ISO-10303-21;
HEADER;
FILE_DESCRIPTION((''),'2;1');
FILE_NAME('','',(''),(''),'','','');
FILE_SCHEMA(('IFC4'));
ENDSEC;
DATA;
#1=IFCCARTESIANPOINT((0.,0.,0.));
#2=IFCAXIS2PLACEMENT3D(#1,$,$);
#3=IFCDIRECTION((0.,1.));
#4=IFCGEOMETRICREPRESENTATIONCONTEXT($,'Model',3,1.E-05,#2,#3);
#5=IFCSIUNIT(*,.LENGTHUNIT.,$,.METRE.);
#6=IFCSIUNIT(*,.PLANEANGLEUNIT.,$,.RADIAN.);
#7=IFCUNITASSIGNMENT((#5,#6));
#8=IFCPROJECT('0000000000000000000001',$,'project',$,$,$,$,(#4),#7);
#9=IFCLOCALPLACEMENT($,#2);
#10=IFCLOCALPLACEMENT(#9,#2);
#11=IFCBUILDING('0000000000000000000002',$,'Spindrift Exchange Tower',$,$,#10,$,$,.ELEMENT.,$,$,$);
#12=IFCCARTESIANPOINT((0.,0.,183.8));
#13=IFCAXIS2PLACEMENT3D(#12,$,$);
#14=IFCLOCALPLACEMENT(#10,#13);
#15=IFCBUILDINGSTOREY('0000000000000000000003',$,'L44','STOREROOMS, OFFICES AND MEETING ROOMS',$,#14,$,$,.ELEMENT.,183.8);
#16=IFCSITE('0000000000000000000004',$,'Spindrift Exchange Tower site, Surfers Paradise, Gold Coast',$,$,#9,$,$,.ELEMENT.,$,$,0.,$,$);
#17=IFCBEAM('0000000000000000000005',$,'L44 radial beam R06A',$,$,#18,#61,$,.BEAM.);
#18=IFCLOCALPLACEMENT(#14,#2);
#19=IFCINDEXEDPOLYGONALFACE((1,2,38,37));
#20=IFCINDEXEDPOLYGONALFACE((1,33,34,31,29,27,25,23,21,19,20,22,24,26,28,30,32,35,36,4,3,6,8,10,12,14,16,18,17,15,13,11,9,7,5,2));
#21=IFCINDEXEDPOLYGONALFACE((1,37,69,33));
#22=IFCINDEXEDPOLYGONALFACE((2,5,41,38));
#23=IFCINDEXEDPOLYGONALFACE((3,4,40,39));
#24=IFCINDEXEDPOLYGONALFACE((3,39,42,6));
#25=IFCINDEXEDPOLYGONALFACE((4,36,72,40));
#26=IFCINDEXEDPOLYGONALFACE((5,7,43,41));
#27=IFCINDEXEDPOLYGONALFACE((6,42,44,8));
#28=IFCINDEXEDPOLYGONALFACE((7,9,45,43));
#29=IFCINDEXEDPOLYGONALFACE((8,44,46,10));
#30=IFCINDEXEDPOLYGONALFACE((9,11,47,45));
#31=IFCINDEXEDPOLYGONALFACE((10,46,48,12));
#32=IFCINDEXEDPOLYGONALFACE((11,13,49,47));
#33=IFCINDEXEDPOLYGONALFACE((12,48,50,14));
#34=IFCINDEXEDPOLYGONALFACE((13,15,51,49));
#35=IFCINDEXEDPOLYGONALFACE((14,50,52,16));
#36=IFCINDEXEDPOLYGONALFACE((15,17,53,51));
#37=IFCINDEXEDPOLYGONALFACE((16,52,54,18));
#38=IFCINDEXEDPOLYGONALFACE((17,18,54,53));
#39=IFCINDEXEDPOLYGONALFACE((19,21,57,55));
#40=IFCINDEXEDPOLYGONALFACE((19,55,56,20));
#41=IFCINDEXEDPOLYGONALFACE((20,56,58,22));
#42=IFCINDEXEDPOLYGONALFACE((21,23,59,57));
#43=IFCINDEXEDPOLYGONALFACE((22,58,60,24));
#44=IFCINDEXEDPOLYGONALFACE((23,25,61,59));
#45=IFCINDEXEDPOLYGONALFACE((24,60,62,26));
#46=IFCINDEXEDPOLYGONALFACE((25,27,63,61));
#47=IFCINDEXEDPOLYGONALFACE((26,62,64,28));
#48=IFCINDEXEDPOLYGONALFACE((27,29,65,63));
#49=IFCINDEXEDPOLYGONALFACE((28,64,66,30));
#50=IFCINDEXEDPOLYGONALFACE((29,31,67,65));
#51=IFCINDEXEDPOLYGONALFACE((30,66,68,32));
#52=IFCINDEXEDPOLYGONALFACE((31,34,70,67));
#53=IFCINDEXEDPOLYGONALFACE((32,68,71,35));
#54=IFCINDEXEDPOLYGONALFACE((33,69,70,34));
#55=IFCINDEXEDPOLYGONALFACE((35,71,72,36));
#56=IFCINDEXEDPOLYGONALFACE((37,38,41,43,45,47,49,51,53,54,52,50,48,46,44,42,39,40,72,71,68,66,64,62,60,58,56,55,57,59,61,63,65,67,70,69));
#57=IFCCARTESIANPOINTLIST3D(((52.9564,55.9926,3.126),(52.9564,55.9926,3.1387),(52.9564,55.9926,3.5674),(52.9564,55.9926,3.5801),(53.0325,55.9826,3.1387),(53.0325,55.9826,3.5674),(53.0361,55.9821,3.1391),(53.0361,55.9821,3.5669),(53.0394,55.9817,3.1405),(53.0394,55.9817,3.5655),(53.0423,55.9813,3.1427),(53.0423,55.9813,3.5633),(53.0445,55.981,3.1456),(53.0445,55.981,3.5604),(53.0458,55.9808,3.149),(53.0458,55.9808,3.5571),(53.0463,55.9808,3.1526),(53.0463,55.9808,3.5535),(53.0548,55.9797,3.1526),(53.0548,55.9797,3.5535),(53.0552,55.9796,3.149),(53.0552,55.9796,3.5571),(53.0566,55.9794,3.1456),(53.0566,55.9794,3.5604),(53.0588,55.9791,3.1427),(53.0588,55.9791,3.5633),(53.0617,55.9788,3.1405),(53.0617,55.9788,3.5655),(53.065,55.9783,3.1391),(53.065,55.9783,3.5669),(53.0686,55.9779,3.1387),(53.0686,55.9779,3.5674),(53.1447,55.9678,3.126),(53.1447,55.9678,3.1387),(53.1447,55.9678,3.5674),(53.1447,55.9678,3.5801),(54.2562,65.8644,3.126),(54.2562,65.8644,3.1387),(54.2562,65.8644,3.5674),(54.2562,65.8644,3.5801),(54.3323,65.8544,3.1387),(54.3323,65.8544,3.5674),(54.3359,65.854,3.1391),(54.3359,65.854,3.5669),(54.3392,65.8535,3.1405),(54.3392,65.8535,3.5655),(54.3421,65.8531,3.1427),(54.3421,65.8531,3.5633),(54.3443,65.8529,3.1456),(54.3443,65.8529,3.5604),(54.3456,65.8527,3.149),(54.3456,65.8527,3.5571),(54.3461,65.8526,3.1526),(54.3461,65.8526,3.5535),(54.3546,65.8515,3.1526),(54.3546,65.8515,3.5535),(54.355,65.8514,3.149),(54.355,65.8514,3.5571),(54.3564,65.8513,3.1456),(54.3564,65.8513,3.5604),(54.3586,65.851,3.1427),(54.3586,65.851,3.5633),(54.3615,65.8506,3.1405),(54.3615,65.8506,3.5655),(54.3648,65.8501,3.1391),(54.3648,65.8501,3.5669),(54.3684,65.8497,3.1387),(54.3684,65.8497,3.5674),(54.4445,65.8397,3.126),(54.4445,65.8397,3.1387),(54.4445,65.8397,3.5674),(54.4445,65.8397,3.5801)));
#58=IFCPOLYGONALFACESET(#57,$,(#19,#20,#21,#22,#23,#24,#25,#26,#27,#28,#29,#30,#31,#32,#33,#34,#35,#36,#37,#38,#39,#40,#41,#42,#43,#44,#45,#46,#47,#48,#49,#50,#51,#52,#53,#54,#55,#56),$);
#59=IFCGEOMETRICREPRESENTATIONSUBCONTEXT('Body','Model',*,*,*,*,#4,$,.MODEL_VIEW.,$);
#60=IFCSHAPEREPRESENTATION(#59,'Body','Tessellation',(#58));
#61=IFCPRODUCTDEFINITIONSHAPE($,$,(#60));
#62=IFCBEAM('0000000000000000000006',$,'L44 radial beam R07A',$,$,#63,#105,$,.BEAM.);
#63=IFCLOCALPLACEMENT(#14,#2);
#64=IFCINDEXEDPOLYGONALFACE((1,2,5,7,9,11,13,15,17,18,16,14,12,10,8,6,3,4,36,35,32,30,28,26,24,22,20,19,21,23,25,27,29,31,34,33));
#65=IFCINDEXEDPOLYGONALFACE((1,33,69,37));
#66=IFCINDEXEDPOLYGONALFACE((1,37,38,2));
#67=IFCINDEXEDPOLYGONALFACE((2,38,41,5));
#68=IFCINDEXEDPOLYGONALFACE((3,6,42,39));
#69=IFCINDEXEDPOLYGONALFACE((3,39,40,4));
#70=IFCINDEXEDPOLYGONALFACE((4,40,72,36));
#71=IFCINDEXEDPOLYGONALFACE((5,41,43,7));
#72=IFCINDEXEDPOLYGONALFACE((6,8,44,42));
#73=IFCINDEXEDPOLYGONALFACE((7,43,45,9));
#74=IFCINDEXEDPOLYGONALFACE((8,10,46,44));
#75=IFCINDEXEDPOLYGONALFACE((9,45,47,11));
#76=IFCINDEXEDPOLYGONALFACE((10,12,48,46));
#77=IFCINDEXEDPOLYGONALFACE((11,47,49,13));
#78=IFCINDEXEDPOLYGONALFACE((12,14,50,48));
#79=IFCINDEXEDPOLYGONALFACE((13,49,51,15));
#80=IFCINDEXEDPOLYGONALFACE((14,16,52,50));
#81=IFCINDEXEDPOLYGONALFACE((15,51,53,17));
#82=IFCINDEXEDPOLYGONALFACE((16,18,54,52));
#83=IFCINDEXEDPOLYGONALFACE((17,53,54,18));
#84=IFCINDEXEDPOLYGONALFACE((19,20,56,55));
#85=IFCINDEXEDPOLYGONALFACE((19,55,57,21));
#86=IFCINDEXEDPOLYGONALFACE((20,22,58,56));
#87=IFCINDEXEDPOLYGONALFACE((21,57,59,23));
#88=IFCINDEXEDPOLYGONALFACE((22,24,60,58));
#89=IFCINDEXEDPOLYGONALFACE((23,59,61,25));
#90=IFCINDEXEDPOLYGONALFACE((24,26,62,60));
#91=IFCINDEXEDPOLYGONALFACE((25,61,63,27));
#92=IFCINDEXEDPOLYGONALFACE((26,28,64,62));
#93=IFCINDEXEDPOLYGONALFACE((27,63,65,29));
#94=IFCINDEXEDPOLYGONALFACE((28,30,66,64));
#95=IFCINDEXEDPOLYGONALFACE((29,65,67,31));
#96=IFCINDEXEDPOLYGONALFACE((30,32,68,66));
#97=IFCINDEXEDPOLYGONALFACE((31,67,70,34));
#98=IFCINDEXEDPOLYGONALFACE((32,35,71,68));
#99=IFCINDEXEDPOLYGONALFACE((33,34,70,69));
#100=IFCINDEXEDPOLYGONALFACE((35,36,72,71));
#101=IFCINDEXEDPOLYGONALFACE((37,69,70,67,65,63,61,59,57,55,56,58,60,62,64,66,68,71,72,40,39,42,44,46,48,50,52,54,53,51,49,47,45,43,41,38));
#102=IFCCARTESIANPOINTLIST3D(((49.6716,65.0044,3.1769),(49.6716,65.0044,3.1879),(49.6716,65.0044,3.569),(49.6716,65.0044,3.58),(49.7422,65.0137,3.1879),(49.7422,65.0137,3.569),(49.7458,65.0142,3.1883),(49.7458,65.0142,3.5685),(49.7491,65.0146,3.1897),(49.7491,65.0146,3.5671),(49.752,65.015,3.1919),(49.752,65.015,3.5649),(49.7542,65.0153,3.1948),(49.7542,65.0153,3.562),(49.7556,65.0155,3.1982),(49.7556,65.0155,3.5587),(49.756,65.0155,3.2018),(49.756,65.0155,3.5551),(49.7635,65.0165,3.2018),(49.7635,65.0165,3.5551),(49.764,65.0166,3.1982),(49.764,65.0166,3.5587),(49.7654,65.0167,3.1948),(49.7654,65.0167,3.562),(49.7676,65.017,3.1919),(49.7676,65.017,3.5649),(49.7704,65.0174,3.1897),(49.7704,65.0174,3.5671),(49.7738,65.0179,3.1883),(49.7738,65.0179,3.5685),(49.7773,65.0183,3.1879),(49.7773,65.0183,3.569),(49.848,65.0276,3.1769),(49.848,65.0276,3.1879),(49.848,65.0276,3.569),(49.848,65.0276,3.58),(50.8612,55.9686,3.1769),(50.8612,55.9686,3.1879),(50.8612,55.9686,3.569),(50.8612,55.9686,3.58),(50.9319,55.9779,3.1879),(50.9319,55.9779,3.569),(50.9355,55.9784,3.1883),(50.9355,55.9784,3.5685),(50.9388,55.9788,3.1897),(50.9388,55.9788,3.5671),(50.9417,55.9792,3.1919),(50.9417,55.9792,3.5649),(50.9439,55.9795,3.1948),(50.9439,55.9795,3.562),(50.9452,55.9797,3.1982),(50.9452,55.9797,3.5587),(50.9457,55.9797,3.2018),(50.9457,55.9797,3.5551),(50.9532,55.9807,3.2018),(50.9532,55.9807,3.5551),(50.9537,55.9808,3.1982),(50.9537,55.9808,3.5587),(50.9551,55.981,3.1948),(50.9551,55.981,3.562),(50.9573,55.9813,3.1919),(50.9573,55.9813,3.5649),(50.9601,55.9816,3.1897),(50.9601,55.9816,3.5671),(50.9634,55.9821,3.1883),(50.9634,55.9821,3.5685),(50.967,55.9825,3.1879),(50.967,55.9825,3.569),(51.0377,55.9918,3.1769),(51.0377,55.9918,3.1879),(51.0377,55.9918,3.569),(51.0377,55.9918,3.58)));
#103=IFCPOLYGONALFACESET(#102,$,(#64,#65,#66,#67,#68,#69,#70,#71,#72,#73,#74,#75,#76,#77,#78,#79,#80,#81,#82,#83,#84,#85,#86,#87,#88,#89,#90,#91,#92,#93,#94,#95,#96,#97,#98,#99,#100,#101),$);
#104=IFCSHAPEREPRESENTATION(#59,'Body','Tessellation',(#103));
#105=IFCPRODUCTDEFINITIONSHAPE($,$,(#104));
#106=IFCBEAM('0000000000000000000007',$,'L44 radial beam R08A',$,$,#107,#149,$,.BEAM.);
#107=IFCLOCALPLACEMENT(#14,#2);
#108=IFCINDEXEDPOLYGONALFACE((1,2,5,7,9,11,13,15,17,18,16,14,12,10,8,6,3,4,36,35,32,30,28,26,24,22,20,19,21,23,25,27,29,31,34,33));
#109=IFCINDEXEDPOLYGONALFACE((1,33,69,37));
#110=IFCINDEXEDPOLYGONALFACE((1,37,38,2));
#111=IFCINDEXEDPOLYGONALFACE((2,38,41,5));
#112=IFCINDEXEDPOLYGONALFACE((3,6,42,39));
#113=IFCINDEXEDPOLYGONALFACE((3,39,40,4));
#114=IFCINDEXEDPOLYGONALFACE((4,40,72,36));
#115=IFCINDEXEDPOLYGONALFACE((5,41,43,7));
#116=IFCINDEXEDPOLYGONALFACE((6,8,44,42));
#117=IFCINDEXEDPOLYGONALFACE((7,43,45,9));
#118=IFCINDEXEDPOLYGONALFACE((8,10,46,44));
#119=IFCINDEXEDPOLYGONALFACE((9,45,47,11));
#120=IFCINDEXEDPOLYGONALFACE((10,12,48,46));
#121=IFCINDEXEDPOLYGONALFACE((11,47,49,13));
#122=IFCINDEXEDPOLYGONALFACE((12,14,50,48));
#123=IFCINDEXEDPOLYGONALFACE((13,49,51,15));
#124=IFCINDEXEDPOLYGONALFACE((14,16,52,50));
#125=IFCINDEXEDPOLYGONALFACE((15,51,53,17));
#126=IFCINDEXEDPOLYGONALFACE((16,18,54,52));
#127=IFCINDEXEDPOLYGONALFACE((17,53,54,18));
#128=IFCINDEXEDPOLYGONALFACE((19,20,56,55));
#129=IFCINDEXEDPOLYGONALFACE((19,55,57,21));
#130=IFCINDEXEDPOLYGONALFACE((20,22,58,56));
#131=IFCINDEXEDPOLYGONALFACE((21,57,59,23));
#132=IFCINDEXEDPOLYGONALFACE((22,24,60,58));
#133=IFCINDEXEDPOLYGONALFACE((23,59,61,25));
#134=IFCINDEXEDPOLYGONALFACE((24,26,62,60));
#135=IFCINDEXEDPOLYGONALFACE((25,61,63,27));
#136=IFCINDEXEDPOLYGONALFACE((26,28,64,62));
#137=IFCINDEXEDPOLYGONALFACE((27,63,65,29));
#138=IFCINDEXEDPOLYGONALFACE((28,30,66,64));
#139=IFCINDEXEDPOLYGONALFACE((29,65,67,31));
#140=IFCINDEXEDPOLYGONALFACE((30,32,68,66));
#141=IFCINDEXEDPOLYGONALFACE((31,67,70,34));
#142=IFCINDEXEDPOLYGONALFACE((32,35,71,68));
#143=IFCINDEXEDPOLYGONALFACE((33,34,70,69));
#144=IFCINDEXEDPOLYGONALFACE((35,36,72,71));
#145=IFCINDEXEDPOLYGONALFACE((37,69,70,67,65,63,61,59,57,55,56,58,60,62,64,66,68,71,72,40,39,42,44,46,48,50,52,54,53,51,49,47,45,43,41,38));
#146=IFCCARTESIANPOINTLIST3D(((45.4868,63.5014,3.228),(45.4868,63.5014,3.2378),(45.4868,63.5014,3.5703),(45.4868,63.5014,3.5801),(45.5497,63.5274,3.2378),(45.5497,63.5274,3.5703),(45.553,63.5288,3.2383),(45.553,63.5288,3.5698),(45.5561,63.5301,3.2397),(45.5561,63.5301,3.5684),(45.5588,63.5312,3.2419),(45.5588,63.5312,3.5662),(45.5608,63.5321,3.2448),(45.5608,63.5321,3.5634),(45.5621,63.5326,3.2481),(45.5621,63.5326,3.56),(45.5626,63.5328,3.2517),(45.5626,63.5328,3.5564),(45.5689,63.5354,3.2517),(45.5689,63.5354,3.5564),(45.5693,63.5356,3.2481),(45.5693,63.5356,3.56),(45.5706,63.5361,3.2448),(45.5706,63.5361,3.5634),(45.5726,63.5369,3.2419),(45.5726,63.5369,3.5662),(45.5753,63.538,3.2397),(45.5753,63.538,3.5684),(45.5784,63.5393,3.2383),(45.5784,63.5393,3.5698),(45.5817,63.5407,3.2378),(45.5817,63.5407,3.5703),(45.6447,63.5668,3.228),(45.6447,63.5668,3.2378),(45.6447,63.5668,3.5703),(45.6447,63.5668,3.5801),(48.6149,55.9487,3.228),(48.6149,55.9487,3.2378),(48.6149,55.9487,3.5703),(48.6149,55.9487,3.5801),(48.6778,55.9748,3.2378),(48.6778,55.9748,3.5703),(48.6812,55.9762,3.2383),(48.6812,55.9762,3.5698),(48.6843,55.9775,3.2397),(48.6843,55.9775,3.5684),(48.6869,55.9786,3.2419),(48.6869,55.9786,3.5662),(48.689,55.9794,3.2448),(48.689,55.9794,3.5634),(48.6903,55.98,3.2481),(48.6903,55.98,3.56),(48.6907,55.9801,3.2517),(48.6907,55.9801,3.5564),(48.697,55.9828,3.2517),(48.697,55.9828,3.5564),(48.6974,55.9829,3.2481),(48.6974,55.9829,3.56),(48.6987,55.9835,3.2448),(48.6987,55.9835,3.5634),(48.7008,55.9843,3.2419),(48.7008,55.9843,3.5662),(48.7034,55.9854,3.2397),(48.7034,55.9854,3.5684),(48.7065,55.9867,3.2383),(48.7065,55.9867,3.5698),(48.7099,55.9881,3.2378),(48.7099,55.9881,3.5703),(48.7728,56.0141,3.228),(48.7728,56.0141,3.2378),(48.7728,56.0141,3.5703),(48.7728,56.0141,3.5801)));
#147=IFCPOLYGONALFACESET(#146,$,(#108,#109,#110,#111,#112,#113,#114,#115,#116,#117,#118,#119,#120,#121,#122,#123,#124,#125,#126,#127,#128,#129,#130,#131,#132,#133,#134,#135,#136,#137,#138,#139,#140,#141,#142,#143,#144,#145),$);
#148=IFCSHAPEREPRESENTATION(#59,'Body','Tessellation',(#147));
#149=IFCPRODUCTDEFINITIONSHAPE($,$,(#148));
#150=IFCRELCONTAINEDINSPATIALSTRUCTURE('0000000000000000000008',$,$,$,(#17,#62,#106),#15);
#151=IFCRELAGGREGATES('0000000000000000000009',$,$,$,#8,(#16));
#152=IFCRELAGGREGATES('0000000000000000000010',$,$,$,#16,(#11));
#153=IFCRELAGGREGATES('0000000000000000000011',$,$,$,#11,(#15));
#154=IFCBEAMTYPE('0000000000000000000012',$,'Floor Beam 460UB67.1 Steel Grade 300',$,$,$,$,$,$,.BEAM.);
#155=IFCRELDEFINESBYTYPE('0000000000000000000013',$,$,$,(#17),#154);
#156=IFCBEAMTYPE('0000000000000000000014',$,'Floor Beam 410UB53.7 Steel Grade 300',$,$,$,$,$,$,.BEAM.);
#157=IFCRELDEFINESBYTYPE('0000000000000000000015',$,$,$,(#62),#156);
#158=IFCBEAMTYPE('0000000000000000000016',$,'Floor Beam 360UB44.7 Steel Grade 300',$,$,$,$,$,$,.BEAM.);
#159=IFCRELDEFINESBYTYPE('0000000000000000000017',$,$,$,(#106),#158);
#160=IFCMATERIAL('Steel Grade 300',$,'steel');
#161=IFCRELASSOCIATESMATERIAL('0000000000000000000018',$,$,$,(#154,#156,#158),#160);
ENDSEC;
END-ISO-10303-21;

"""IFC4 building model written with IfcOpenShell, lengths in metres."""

from ifc_helpers import new_model, si_unit, direction, frame, origin, origin_2d, place, context, subcontext, project, spatial, i_section, extrude, source, transform, mapped, material, material_profile, profile_set, type_object, element, save


model = new_model("IFC4")

# Units and contexts
model_context = context("Model", 3, precision=1e-05, world=origin(), true_north=direction((0.0, 1.0)))
body_context = subcontext(model_context, "Body", "Model", "MODEL_VIEW")
ifc_project = project(units=[si_unit("LENGTHUNIT", "METRE"), si_unit("PLANEANGLEUNIT", "RADIAN")], contexts=[model_context])

# Site, building, storey
site_placement = place(None, origin())
site = spatial("IfcSite", under=ifc_project, at=site_placement, Name="Spindrift Exchange Tower site, Surfers Paradise, Gold Coast", CompositionType="ELEMENT", RefElevation=0.0)
building_placement = place(site_placement, origin())
building = spatial("IfcBuilding", under=site, at=building_placement, Name="Spindrift Exchange Tower", CompositionType="ELEMENT")
storey_placement = place(building_placement, frame((0.0, 0.0, 183.8)))
storey = spatial("IfcBuildingStorey", under=building, at=storey_placement, Name="L44", Description="STOREROOMS, OFFICES AND MEETING ROOMS", CompositionType="ELEMENT", Elevation=183.8)

# Beams
ifc_material_1 = material(Name="Steel Grade 300", Category="steel")
ifc_material_profile_1 = material_profile(ifc_material_1, i_section(OverallWidth=0.1899, OverallDepth=0.4541, WebThickness=0.0085, FlangeThickness=0.0127, FilletRadius=0.0139, at=origin_2d()), Name="460UB67.1")
ifc_profile_set_1 = profile_set([ifc_material_profile_1], Name="Steel Grade 300")
beam_type_1 = type_object("IfcBeamType", Name="Floor Beam 460UB67.1 Steel Grade 300", PredefinedType="BEAM", material=ifc_profile_set_1)
shared_shape_1 = source(origin(), body_context, "Body", "SweptSolid", [
    extrude(i_section(OverallWidth=0.1899, OverallDepth=0.4541, WebThickness=0.0085, FlangeThickness=0.0127, FilletRadius=0.0139, at=origin_2d()), origin(), (0.0, 0.0, 1.0), 9.957),
])
beam_1_placement = place(storey_placement, frame((53.0505, 55.9802, 3.353), z_axis=(0.130541, 0.991443, 0.0), x_axis=(-0.991443, 0.130541, 0.0)))
element("IfcBeam", 1, at=beam_1_placement, inside=storey, type_object=beam_type_1, Name="L44 radial beam R06A", PredefinedType="BEAM", context=body_context, shape_type="MappedRepresentation", body=[
    mapped(shared_shape_1, transform((0.0, 0.0, 0.0), scale=1.0)),
])
ifc_material_profile_2 = material_profile(ifc_material_1, i_section(OverallWidth=0.178, OverallDepth=0.4031, WebThickness=0.0076, FlangeThickness=0.011, FilletRadius=0.0139, at=origin_2d()), Name="410UB53.7")
ifc_profile_set_2 = profile_set([ifc_material_profile_2], Name="Steel Grade 300")
beam_type_2 = type_object("IfcBeamType", Name="Floor Beam 410UB53.7 Steel Grade 300", PredefinedType="BEAM", material=ifc_profile_set_2)
shared_shape_2 = source(origin(), body_context, "Body", "SweptSolid", [
    extrude(i_section(OverallWidth=0.178, OverallDepth=0.4031, WebThickness=0.0076, FlangeThickness=0.011, FilletRadius=0.0139, at=origin_2d()), origin(), (0.0, 0.0, 1.0), 9.1138),
])
beam_2_placement = place(storey_placement, frame((50.9495, 55.9802, 3.3784), z_axis=(-0.130537, 0.991443, 0.0), x_axis=(-0.991443, -0.130537, 0.0)))
element("IfcBeam", 2, at=beam_2_placement, inside=storey, type_object=beam_type_2, Name="L44 radial beam R07A", PredefinedType="BEAM", context=body_context, shape_type="MappedRepresentation", body=[
    mapped(shared_shape_2, transform((0.0, 0.0, 0.0), scale=1.0)),
])
ifc_material_profile_3 = material_profile(ifc_material_1, i_section(OverallWidth=0.1709, OverallDepth=0.3521, WebThickness=0.0068, FlangeThickness=0.0098, FilletRadius=0.0139, at=origin_2d()), Name="360UB44.7")
ifc_profile_set_3 = profile_set([ifc_material_profile_3], Name="Steel Grade 300")
beam_type_3 = type_object("IfcBeamType", Name="Floor Beam 360UB44.7 Steel Grade 300", PredefinedType="BEAM", material=ifc_profile_set_3)
shared_shape_3 = source(origin(), body_context, "Body", "SweptSolid", [
    extrude(i_section(OverallWidth=0.1709, OverallDepth=0.3521, WebThickness=0.0068, FlangeThickness=0.0098, FilletRadius=0.0139, at=origin_2d()), origin(), (0.0, 0.0, 1.0), 8.1748),
])
beam_3_placement = place(storey_placement, frame((48.6938, 55.9814, 3.4041), z_axis=(-0.382655, 0.923891, 0.0), x_axis=(-0.923891, -0.382655, 0.0)))
element("IfcBeam", 3, at=beam_3_placement, inside=storey, type_object=beam_type_3, Name="L44 radial beam R08A", PredefinedType="BEAM", context=body_context, shape_type="MappedRepresentation", body=[
    mapped(shared_shape_3, transform((0.0, 0.0, 0.0), scale=1.0)),
])

save(model, "model.ifc")
